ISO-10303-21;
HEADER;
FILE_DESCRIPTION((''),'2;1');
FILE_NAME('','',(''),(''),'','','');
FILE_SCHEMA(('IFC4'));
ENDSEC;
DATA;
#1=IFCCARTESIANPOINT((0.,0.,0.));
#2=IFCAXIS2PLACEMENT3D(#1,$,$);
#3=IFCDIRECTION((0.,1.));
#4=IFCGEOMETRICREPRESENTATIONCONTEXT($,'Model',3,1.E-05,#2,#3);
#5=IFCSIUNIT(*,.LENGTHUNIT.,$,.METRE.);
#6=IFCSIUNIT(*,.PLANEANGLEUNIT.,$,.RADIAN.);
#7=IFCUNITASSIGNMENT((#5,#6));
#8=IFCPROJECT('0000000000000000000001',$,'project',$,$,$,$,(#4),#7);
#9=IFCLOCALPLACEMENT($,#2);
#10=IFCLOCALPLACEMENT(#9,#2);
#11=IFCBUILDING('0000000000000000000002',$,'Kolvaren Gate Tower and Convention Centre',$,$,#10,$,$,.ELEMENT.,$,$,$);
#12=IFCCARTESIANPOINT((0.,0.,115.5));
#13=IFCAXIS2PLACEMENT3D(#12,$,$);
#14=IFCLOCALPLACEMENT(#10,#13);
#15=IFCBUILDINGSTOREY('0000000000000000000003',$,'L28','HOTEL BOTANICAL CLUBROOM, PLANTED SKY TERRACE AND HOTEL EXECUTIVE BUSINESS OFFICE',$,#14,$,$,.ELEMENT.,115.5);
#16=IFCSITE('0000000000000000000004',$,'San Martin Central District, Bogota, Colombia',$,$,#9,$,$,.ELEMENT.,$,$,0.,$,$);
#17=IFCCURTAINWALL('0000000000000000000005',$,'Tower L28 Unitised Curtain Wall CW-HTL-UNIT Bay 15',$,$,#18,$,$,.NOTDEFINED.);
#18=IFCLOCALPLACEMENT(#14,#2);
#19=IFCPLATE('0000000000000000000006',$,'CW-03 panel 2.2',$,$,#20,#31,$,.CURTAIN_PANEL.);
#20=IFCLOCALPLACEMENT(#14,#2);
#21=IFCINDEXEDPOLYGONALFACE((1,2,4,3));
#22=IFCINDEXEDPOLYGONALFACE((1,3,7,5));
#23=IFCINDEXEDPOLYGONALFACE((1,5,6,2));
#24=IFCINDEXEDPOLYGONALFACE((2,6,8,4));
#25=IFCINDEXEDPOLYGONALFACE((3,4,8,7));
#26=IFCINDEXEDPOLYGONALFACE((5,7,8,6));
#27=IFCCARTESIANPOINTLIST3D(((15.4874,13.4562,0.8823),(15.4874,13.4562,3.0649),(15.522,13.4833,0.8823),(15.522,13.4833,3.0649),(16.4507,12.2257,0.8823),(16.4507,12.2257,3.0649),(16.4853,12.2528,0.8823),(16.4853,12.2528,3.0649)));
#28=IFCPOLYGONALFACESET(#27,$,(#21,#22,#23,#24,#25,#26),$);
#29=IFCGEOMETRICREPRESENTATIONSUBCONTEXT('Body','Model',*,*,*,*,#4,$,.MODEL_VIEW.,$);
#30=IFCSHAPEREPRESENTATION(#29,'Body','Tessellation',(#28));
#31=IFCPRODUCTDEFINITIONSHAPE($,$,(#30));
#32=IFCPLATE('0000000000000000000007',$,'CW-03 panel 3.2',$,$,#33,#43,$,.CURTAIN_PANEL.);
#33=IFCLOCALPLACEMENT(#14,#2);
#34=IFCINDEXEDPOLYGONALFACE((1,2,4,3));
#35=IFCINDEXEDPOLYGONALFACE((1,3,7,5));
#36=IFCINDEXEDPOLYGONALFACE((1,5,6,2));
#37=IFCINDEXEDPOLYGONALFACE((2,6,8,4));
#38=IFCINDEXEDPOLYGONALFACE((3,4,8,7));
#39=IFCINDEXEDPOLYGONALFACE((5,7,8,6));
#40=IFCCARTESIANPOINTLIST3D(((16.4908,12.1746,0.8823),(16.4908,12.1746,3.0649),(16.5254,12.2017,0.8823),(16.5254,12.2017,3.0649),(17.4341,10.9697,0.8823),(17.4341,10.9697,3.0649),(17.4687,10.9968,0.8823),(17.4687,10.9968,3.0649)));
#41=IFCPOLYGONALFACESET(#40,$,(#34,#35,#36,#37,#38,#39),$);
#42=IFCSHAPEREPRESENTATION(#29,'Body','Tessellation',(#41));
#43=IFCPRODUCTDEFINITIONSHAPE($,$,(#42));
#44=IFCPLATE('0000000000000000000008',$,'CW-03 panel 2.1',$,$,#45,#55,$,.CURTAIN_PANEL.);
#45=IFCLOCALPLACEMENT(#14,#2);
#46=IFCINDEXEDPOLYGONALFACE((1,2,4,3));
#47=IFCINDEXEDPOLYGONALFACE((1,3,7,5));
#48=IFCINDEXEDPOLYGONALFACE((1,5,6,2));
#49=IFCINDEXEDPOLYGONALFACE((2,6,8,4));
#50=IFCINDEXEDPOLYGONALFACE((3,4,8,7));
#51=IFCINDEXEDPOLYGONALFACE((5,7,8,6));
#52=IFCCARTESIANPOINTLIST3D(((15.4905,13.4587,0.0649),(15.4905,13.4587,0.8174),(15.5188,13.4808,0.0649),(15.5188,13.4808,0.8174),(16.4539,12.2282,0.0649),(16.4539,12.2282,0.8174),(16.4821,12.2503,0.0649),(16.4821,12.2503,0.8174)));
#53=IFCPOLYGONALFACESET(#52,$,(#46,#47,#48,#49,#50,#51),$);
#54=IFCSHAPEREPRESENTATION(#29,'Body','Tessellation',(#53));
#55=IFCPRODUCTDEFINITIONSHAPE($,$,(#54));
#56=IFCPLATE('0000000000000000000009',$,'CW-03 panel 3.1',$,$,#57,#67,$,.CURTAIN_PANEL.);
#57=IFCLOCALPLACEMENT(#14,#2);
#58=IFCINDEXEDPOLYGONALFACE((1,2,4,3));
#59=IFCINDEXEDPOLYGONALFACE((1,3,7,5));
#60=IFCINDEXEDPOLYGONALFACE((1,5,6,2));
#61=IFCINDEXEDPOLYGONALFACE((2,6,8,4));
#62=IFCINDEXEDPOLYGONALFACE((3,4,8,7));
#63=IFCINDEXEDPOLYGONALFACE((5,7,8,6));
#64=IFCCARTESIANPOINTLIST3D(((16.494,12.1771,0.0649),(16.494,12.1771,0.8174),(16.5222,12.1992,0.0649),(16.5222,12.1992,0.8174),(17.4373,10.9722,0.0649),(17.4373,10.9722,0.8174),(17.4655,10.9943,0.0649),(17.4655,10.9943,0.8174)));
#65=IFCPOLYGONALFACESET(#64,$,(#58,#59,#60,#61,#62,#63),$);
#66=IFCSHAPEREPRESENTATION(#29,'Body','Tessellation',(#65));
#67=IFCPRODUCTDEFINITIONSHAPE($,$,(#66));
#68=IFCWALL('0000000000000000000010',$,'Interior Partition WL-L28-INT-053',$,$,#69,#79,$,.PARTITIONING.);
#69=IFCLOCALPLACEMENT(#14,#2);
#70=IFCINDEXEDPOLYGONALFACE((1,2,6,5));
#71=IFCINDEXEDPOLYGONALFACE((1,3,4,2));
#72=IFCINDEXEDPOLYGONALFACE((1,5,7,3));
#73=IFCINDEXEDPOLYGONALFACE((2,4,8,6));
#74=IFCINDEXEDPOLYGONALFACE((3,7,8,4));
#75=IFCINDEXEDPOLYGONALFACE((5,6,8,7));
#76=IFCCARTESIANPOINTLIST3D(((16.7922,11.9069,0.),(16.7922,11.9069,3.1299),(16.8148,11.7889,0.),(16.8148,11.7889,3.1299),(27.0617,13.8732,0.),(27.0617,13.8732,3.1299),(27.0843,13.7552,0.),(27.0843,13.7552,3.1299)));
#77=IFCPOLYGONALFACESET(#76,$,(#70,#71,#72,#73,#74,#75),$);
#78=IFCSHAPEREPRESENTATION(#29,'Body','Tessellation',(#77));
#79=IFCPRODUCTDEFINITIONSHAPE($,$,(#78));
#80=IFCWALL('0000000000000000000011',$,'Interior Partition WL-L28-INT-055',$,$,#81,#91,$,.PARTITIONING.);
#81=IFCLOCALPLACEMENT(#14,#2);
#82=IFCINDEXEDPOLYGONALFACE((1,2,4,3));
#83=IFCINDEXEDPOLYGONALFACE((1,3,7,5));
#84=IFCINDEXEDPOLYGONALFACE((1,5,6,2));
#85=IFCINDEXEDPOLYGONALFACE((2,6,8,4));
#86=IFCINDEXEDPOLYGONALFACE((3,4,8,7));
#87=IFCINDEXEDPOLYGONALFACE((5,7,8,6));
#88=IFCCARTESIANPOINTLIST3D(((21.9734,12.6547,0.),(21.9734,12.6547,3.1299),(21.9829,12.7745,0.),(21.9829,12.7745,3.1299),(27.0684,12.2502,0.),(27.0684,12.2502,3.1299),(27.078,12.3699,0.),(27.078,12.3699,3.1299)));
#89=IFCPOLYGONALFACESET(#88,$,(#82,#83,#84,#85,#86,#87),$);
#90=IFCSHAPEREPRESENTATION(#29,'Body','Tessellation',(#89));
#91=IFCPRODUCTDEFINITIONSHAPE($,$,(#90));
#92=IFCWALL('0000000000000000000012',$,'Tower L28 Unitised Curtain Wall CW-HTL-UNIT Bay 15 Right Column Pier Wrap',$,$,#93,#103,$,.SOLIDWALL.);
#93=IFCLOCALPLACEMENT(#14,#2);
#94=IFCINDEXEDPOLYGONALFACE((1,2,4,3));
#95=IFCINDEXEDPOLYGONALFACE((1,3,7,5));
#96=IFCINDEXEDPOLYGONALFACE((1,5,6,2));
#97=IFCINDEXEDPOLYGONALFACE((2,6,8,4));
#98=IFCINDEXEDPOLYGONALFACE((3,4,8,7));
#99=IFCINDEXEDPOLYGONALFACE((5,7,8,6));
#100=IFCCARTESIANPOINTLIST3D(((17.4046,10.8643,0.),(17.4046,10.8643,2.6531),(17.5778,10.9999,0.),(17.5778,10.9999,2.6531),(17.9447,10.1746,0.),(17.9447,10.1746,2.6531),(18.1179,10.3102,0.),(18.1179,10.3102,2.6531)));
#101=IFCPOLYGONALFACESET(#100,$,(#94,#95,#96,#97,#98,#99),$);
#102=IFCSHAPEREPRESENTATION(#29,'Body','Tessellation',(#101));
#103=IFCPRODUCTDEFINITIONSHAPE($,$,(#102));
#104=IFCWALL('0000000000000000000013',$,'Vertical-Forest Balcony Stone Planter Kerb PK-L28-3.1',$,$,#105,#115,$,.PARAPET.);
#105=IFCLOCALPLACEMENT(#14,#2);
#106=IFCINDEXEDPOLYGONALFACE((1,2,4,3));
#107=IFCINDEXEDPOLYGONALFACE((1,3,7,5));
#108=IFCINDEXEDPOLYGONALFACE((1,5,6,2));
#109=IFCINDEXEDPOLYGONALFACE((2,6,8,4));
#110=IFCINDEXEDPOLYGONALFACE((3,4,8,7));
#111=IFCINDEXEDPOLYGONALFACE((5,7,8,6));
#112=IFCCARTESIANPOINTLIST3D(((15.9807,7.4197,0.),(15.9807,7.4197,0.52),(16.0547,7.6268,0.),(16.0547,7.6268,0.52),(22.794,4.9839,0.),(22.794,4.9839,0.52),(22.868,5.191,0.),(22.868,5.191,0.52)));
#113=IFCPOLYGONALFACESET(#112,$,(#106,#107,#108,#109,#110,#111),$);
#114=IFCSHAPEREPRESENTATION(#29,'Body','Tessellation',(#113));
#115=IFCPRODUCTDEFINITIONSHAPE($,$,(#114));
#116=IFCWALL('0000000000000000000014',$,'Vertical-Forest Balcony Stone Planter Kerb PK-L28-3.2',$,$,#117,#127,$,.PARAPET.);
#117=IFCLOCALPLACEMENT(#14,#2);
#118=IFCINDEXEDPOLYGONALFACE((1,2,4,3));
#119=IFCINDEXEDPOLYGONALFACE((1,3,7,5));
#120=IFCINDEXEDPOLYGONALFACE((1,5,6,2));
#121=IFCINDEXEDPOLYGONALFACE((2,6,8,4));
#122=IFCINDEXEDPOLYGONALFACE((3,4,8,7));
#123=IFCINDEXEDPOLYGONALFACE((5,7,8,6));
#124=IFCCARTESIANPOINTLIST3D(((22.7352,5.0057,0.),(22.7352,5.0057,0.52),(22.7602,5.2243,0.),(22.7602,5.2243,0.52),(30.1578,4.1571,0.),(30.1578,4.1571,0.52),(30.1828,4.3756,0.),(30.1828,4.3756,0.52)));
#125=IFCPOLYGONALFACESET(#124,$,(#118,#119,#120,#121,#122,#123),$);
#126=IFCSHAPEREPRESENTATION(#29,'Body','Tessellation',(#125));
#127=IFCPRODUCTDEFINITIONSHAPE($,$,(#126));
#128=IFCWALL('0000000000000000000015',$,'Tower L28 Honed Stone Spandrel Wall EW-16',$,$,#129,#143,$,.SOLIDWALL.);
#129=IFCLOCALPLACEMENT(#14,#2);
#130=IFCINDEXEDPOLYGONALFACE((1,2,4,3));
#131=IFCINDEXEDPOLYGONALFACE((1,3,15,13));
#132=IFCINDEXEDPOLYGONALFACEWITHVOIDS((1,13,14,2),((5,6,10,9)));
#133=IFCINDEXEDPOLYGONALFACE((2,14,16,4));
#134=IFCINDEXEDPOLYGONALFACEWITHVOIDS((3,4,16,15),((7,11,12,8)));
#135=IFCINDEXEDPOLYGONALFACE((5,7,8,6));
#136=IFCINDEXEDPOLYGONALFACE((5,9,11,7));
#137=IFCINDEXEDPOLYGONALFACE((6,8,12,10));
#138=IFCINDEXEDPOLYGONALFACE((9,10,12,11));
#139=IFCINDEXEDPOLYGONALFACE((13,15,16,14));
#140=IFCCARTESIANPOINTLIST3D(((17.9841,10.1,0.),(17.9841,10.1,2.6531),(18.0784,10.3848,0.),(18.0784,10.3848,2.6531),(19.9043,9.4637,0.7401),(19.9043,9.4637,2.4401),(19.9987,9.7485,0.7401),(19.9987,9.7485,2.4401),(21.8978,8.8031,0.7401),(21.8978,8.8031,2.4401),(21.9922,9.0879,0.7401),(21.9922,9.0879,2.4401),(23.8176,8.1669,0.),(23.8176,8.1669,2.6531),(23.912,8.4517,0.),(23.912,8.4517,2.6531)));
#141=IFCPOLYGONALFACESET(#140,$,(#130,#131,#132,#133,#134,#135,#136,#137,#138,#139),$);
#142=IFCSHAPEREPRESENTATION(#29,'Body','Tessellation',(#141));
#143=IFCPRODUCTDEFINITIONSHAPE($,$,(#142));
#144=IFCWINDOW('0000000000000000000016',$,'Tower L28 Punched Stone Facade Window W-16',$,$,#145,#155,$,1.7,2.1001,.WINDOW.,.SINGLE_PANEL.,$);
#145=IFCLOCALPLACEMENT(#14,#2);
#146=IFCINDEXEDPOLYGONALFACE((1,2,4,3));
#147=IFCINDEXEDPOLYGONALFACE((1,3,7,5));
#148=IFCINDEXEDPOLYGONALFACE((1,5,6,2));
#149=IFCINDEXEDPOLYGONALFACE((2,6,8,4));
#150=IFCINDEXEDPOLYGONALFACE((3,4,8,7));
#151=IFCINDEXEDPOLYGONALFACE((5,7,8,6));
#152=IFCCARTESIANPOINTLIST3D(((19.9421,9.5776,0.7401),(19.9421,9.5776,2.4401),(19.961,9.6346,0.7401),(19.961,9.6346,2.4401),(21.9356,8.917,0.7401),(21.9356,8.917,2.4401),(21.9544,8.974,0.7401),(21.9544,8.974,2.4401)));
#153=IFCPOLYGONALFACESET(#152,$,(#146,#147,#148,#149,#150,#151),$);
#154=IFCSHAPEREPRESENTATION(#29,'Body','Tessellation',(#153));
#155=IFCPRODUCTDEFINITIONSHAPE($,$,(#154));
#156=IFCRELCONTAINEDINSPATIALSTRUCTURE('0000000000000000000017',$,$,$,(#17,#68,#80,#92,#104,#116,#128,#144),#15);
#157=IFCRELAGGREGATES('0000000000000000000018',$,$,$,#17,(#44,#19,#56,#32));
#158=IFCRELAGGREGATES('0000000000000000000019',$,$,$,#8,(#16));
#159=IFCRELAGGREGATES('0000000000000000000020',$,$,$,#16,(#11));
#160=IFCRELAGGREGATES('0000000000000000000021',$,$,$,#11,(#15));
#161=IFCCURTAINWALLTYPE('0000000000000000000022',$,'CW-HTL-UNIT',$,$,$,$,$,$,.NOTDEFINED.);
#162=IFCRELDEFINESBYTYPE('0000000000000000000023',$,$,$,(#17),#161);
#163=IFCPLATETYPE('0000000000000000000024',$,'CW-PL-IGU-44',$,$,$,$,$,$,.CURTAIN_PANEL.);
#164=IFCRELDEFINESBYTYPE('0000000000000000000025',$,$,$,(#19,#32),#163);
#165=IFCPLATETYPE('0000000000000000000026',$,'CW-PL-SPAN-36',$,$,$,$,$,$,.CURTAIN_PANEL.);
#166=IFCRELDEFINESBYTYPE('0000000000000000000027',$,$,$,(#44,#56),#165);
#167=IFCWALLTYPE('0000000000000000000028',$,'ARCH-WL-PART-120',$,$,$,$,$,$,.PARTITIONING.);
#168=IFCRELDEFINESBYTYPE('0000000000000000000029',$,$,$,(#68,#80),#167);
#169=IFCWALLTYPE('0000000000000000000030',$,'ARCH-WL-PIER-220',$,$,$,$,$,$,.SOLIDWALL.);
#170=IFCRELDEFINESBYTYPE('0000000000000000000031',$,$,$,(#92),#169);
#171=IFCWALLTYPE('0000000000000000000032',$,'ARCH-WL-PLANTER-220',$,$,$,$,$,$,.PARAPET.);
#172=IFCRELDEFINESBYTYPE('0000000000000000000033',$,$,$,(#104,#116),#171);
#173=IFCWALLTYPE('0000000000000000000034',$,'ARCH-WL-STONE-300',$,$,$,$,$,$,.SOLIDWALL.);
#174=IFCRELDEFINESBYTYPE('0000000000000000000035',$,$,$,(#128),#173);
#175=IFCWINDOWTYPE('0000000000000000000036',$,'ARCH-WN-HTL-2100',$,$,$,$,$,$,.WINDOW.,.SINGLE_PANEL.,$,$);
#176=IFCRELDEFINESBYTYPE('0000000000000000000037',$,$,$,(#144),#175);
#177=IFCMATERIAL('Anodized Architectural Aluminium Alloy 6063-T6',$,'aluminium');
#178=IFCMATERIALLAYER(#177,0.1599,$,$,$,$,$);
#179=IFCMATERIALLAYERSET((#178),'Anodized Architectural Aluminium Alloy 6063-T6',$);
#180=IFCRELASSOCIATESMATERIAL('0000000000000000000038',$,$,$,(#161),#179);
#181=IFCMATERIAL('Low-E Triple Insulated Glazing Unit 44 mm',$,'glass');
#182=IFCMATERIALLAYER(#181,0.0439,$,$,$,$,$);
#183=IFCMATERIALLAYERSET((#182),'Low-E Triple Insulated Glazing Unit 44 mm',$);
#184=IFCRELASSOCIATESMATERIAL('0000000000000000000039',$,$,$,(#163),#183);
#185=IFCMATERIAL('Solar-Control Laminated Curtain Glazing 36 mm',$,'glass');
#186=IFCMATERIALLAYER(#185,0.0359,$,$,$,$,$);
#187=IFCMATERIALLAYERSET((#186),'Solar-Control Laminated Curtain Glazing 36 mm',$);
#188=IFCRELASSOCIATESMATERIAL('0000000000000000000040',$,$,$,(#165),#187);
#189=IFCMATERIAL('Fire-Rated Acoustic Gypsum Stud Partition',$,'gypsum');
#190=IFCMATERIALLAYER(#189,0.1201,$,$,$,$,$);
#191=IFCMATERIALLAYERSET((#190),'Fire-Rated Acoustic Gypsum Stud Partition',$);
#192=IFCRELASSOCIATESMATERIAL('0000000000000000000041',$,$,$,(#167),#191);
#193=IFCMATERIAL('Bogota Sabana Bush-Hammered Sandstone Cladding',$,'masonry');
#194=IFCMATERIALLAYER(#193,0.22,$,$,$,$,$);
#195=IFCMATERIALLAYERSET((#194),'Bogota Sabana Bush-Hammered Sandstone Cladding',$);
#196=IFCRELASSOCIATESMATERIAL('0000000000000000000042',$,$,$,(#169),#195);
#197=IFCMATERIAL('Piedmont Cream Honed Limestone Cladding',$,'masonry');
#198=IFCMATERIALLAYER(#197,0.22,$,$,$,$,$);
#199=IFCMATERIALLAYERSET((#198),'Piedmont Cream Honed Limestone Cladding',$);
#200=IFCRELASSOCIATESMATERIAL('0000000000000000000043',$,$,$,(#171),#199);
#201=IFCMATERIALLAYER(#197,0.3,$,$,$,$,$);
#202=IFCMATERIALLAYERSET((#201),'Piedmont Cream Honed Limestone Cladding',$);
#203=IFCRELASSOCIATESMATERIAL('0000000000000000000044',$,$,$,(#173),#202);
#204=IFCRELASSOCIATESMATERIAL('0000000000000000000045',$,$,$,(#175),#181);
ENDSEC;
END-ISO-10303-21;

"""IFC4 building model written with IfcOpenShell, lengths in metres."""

from ifc_helpers import new_model, si_unit, direction, frame, frame_2d, origin, origin_2d, place, context, subcontext, project, spatial, rectangle, extrude, material, layer, layer_set, type_object, element, fill, aggregate, save


model = new_model("IFC4")

# Units and contexts
model_context = context("Model", 3, precision=1e-05, world=origin(), true_north=direction((0.0, 1.0)))
body_context = subcontext(model_context, "Body", "Model", "MODEL_VIEW")
ifc_project = project(units=[si_unit("LENGTHUNIT", "METRE"), si_unit("PLANEANGLEUNIT", "RADIAN")], contexts=[model_context])

# Site, building, storey
site_placement = place(None, origin())
site = spatial("IfcSite", under=ifc_project, at=site_placement, Name="San Martin Central District, Bogota, Colombia", CompositionType="ELEMENT", RefElevation=0.0)
building_placement = place(site_placement, origin())
building = spatial("IfcBuilding", under=site, at=building_placement, Name="Kolvaren Gate Tower and Convention Centre", CompositionType="ELEMENT")
storey_placement = place(building_placement, frame((0.0, 0.0, 115.5)))
storey = spatial("IfcBuildingStorey", under=building, at=storey_placement, Name="L28", Description="HOTEL BOTANICAL CLUBROOM, PLANTED SKY TERRACE AND HOTEL EXECUTIVE BUSINESS OFFICE", CompositionType="ELEMENT", Elevation=115.5)

# Curtain wall
ifc_material_1 = material(Name="Anodized Architectural Aluminium Alloy 6063-T6", Category="aluminium")
ifc_layer_1 = layer(ifc_material_1, 0.1599)
ifc_layer_set_1 = layer_set([ifc_layer_1], Name="Anodized Architectural Aluminium Alloy 6063-T6")
curtain_wall_type = type_object("IfcCurtainWallType", Name="CW-HTL-UNIT", PredefinedType="NOTDEFINED", material=ifc_layer_set_1)
curtain_wall_placement = place(storey_placement, origin())
curtain_wall = element("IfcCurtainWall", 1, at=curtain_wall_placement, inside=storey, type_object=curtain_wall_type, Name="Tower L28 Unitised Curtain Wall CW-HTL-UNIT Bay 15", PredefinedType="NOTDEFINED")

# Plates
ifc_material_2 = material(Name="Low-E Triple Insulated Glazing Unit 44 mm", Category="glass")
ifc_layer_2 = layer(ifc_material_2, 0.0439)
ifc_layer_set_2 = layer_set([ifc_layer_2], Name="Low-E Triple Insulated Glazing Unit 44 mm")
plate_type_1 = type_object("IfcPlateType", Name="CW-PL-IGU-44", PredefinedType="CURTAIN_PANEL", material=ifc_layer_set_2)
plate_1_placement = place(storey_placement, frame((15.9863, 12.8545, 0.8823), z_axis=(0.0, 0.0, 1.0), x_axis=(0.616429, -0.787411, 0.0)))
plate_1 = element("IfcPlate", 2, at=plate_1_placement, type_object=plate_type_1, Name="CW-03 panel 2.2", PredefinedType="CURTAIN_PANEL", context=body_context, shape_type="SweptSolid", body=[
    extrude(rectangle(XDim=1.5627, YDim=0.0439, at=origin_2d()), origin(), (0.0, 0.0, 1.0), 2.1826),
])
plate_2_placement = place(storey_placement, frame((16.9797, 11.5857, 0.8823), z_axis=(0.0, 0.0, 1.0), x_axis=(0.616429, -0.787411, 0.0)))
plate_2 = element("IfcPlate", 3, at=plate_2_placement, type_object=plate_type_1, Name="CW-03 panel 3.2", PredefinedType="CURTAIN_PANEL", context=body_context, shape_type="SweptSolid", body=[
    extrude(rectangle(XDim=1.5303, YDim=0.0439, at=origin_2d()), origin(), (0.0, 0.0, 1.0), 2.1826),
])
ifc_material_3 = material(Name="Solar-Control Laminated Curtain Glazing 36 mm", Category="glass")
ifc_layer_3 = layer(ifc_material_3, 0.0359)
ifc_layer_set_3 = layer_set([ifc_layer_3], Name="Solar-Control Laminated Curtain Glazing 36 mm")
plate_type_2 = type_object("IfcPlateType", Name="CW-PL-SPAN-36", PredefinedType="CURTAIN_PANEL", material=ifc_layer_set_3)
plate_3_placement = place(storey_placement, frame((15.9863, 12.8545, 0.0649), z_axis=(0.0, 0.0, 1.0), x_axis=(0.616429, -0.787411, 0.0)))
plate_3 = element("IfcPlate", 4, at=plate_3_placement, type_object=plate_type_2, Name="CW-03 panel 2.1", PredefinedType="CURTAIN_PANEL", context=body_context, shape_type="SweptSolid", body=[
    extrude(rectangle(XDim=1.5627, YDim=0.0359, at=origin_2d()), origin(), (0.0, 0.0, 1.0), 0.7524),
])
plate_4_placement = place(storey_placement, frame((16.9797, 11.5857, 0.0649), z_axis=(0.0, 0.0, 1.0), x_axis=(0.616429, -0.787411, 0.0)))
plate_4 = element("IfcPlate", 5, at=plate_4_placement, type_object=plate_type_2, Name="CW-03 panel 3.1", PredefinedType="CURTAIN_PANEL", context=body_context, shape_type="SweptSolid", body=[
    extrude(rectangle(XDim=1.5303, YDim=0.0359, at=origin_2d()), origin(), (0.0, 0.0, 1.0), 0.7524),
])
aggregate(curtain_wall, [plate_3, plate_1, plate_4, plate_2])

# Walls
ifc_material_4 = material(Name="Fire-Rated Acoustic Gypsum Stud Partition", Category="gypsum")
ifc_layer_4 = layer(ifc_material_4, 0.1201)
ifc_layer_set_4 = layer_set([ifc_layer_4], Name="Fire-Rated Acoustic Gypsum Stud Partition")
wall_type_1 = type_object("IfcWallType", Name="ARCH-WL-PART-120", PredefinedType="PARTITIONING", material=ifc_layer_set_4)
wall_1_placement = place(storey_placement, frame((16.8035, 11.8479, 0.0), z_axis=(0.0, 0.0, 1.0), x_axis=(0.982159, 0.188054, 0.0)))
element("IfcWall", 6, at=wall_1_placement, inside=storey, type_object=wall_type_1, Name="Interior Partition WL-L28-INT-053", PredefinedType="PARTITIONING", context=body_context, shape_type="SweptSolid", body=[
    extrude(rectangle(XDim=10.4561, YDim=0.1201, at=frame_2d((5.228, 0.0))), origin(), (0.0, 0.0, 1.0), 3.1299),
])
wall_2_placement = place(storey_placement, frame((21.978, 12.7146, 0.0), z_axis=(0.0, 0.0, 1.0), x_axis=(0.996863, -0.079151, 0.0)))
element("IfcWall", 7, at=wall_2_placement, inside=storey, type_object=wall_type_1, Name="Interior Partition WL-L28-INT-055", PredefinedType="PARTITIONING", context=body_context, shape_type="SweptSolid", body=[
    extrude(rectangle(XDim=5.1111, YDim=0.1201, at=frame_2d((2.5557, 0.0))), origin(), (0.0, 0.0, 1.0), 3.1299),
])
ifc_material_5 = material(Name="Bogota Sabana Bush-Hammered Sandstone Cladding", Category="masonry")
ifc_layer_5 = layer(ifc_material_5, 0.22)
ifc_layer_set_5 = layer_set([ifc_layer_5], Name="Bogota Sabana Bush-Hammered Sandstone Cladding")
wall_type_2 = type_object("IfcWallType", Name="ARCH-WL-PIER-220", PredefinedType="SOLIDWALL", material=ifc_layer_set_5)
wall_3_placement = place(storey_placement, frame((17.4912, 10.9321, 0.0), z_axis=(0.0, 0.0, 1.0), x_axis=(0.616504, -0.787352, 0.0)))
element("IfcWall", 8, at=wall_3_placement, inside=storey, type_object=wall_type_2, Name="Tower L28 Unitised Curtain Wall CW-HTL-UNIT Bay 15 Right Column Pier Wrap", PredefinedType="SOLIDWALL", context=body_context, shape_type="SweptSolid", body=[
    extrude(rectangle(XDim=0.876, YDim=0.22, at=frame_2d((0.438, 0.0))), origin(), (0.0, 0.0, 1.0), 2.6531),
])
ifc_material_6 = material(Name="Piedmont Cream Honed Limestone Cladding", Category="masonry")
ifc_layer_6 = layer(ifc_material_6, 0.22)
ifc_layer_set_6 = layer_set([ifc_layer_6], Name="Piedmont Cream Honed Limestone Cladding")
wall_type_3 = type_object("IfcWallType", Name="ARCH-WL-PLANTER-220", PredefinedType="PARAPET", material=ifc_layer_set_6)
wall_4_placement = place(storey_placement, frame((16.0178, 7.5232, 0.0), z_axis=(0.0, 0.0, 1.0), x_axis=(0.941633, -0.336642, 0.0)))
element("IfcWall", 9, at=wall_4_placement, inside=storey, type_object=wall_type_3, Name="Vertical-Forest Balcony Stone Planter Kerb PK-L28-3.1", PredefinedType="PARAPET", context=body_context, shape_type="SweptSolid", body=[
    extrude(rectangle(XDim=7.2356, YDim=0.22, at=frame_2d((3.6177, 0.0))), origin(), (0.0, 0.0, 1.0), 0.52),
])
wall_5_placement = place(storey_placement, frame((22.7478, 5.115, 0.0), z_axis=(0.0, 0.0, 1.0), x_axis=(0.993528, -0.113591, 0.0)))
element("IfcWall", 10, at=wall_5_placement, inside=storey, type_object=wall_type_3, Name="Vertical-Forest Balcony Stone Planter Kerb PK-L28-3.2", PredefinedType="PARAPET", context=body_context, shape_type="SweptSolid", body=[
    extrude(rectangle(XDim=7.4709, YDim=0.22, at=frame_2d((3.7354, 0.0))), origin(), (0.0, 0.0, 1.0), 0.52),
])

# Wall, opening, window
ifc_layer_7 = layer(ifc_material_6, 0.3)
ifc_layer_set_7 = layer_set([ifc_layer_7], Name="Piedmont Cream Honed Limestone Cladding")
wall_type_4 = type_object("IfcWallType", Name="ARCH-WL-STONE-300", PredefinedType="SOLIDWALL", material=ifc_layer_set_7)
wall_6_placement = place(storey_placement, frame((18.0312, 10.2424, 0.0), z_axis=(0.0, 0.0, 1.0), x_axis=(0.949238, -0.314559, 0.0)))
wall_6 = element("IfcWall", 11, at=wall_6_placement, inside=storey, type_object=wall_type_4, Name="Tower L28 Honed Stone Spandrel Wall EW-16", PredefinedType="SOLIDWALL", context=body_context, shape_type="SweptSolid", body=[
    extrude(rectangle(XDim=6.1455, YDim=0.3, at=frame_2d((3.0728, 0.0))), origin(), (0.0, 0.0, 1.0), 2.6531),
])
opening_1_placement = place(wall_6_placement, frame((2.0229, 0.0, 0.74)))
opening_1 = element("IfcOpeningElement", 12, at=opening_1_placement, cuts=wall_6, PredefinedType="OPENING", context=body_context, shape_type="SweptSolid", body=[
    extrude(rectangle(XDim=2.1001, YDim=1.7, at=frame_2d((1.05, 0.8501))), frame((0.0, 0.1599, 0.0), z_axis=(0.0, -1.0, 0.0), x_axis=(1.0, 0.0, 0.0)), (0.0, 0.0, 1.0), 0.3201),
])
window_type = type_object("IfcWindowType", Name="ARCH-WN-HTL-2100", PartitioningType="SINGLE_PANEL", PredefinedType="WINDOW", material=ifc_material_2)
window_placement = place(opening_1_placement, origin())
window = element("IfcWindow", 13, at=window_placement, inside=storey, type_object=window_type, Name="Tower L28 Punched Stone Facade Window W-16", OverallHeight=1.7, OverallWidth=2.1001, PartitioningType="SINGLE_PANEL", PredefinedType="WINDOW", context=body_context, shape_type="SweptSolid", body=[
    extrude(rectangle(XDim=2.1001, YDim=1.7, at=frame_2d((1.05, 0.8501))), frame((0.0, 0.03, 0.0), z_axis=(0.0, -1.0, 0.0), x_axis=(1.0, 0.0, 0.0)), (0.0, 0.0, 1.0), 0.0601),
])
fill(opening_1, window)

save(model, "model.ifc")
